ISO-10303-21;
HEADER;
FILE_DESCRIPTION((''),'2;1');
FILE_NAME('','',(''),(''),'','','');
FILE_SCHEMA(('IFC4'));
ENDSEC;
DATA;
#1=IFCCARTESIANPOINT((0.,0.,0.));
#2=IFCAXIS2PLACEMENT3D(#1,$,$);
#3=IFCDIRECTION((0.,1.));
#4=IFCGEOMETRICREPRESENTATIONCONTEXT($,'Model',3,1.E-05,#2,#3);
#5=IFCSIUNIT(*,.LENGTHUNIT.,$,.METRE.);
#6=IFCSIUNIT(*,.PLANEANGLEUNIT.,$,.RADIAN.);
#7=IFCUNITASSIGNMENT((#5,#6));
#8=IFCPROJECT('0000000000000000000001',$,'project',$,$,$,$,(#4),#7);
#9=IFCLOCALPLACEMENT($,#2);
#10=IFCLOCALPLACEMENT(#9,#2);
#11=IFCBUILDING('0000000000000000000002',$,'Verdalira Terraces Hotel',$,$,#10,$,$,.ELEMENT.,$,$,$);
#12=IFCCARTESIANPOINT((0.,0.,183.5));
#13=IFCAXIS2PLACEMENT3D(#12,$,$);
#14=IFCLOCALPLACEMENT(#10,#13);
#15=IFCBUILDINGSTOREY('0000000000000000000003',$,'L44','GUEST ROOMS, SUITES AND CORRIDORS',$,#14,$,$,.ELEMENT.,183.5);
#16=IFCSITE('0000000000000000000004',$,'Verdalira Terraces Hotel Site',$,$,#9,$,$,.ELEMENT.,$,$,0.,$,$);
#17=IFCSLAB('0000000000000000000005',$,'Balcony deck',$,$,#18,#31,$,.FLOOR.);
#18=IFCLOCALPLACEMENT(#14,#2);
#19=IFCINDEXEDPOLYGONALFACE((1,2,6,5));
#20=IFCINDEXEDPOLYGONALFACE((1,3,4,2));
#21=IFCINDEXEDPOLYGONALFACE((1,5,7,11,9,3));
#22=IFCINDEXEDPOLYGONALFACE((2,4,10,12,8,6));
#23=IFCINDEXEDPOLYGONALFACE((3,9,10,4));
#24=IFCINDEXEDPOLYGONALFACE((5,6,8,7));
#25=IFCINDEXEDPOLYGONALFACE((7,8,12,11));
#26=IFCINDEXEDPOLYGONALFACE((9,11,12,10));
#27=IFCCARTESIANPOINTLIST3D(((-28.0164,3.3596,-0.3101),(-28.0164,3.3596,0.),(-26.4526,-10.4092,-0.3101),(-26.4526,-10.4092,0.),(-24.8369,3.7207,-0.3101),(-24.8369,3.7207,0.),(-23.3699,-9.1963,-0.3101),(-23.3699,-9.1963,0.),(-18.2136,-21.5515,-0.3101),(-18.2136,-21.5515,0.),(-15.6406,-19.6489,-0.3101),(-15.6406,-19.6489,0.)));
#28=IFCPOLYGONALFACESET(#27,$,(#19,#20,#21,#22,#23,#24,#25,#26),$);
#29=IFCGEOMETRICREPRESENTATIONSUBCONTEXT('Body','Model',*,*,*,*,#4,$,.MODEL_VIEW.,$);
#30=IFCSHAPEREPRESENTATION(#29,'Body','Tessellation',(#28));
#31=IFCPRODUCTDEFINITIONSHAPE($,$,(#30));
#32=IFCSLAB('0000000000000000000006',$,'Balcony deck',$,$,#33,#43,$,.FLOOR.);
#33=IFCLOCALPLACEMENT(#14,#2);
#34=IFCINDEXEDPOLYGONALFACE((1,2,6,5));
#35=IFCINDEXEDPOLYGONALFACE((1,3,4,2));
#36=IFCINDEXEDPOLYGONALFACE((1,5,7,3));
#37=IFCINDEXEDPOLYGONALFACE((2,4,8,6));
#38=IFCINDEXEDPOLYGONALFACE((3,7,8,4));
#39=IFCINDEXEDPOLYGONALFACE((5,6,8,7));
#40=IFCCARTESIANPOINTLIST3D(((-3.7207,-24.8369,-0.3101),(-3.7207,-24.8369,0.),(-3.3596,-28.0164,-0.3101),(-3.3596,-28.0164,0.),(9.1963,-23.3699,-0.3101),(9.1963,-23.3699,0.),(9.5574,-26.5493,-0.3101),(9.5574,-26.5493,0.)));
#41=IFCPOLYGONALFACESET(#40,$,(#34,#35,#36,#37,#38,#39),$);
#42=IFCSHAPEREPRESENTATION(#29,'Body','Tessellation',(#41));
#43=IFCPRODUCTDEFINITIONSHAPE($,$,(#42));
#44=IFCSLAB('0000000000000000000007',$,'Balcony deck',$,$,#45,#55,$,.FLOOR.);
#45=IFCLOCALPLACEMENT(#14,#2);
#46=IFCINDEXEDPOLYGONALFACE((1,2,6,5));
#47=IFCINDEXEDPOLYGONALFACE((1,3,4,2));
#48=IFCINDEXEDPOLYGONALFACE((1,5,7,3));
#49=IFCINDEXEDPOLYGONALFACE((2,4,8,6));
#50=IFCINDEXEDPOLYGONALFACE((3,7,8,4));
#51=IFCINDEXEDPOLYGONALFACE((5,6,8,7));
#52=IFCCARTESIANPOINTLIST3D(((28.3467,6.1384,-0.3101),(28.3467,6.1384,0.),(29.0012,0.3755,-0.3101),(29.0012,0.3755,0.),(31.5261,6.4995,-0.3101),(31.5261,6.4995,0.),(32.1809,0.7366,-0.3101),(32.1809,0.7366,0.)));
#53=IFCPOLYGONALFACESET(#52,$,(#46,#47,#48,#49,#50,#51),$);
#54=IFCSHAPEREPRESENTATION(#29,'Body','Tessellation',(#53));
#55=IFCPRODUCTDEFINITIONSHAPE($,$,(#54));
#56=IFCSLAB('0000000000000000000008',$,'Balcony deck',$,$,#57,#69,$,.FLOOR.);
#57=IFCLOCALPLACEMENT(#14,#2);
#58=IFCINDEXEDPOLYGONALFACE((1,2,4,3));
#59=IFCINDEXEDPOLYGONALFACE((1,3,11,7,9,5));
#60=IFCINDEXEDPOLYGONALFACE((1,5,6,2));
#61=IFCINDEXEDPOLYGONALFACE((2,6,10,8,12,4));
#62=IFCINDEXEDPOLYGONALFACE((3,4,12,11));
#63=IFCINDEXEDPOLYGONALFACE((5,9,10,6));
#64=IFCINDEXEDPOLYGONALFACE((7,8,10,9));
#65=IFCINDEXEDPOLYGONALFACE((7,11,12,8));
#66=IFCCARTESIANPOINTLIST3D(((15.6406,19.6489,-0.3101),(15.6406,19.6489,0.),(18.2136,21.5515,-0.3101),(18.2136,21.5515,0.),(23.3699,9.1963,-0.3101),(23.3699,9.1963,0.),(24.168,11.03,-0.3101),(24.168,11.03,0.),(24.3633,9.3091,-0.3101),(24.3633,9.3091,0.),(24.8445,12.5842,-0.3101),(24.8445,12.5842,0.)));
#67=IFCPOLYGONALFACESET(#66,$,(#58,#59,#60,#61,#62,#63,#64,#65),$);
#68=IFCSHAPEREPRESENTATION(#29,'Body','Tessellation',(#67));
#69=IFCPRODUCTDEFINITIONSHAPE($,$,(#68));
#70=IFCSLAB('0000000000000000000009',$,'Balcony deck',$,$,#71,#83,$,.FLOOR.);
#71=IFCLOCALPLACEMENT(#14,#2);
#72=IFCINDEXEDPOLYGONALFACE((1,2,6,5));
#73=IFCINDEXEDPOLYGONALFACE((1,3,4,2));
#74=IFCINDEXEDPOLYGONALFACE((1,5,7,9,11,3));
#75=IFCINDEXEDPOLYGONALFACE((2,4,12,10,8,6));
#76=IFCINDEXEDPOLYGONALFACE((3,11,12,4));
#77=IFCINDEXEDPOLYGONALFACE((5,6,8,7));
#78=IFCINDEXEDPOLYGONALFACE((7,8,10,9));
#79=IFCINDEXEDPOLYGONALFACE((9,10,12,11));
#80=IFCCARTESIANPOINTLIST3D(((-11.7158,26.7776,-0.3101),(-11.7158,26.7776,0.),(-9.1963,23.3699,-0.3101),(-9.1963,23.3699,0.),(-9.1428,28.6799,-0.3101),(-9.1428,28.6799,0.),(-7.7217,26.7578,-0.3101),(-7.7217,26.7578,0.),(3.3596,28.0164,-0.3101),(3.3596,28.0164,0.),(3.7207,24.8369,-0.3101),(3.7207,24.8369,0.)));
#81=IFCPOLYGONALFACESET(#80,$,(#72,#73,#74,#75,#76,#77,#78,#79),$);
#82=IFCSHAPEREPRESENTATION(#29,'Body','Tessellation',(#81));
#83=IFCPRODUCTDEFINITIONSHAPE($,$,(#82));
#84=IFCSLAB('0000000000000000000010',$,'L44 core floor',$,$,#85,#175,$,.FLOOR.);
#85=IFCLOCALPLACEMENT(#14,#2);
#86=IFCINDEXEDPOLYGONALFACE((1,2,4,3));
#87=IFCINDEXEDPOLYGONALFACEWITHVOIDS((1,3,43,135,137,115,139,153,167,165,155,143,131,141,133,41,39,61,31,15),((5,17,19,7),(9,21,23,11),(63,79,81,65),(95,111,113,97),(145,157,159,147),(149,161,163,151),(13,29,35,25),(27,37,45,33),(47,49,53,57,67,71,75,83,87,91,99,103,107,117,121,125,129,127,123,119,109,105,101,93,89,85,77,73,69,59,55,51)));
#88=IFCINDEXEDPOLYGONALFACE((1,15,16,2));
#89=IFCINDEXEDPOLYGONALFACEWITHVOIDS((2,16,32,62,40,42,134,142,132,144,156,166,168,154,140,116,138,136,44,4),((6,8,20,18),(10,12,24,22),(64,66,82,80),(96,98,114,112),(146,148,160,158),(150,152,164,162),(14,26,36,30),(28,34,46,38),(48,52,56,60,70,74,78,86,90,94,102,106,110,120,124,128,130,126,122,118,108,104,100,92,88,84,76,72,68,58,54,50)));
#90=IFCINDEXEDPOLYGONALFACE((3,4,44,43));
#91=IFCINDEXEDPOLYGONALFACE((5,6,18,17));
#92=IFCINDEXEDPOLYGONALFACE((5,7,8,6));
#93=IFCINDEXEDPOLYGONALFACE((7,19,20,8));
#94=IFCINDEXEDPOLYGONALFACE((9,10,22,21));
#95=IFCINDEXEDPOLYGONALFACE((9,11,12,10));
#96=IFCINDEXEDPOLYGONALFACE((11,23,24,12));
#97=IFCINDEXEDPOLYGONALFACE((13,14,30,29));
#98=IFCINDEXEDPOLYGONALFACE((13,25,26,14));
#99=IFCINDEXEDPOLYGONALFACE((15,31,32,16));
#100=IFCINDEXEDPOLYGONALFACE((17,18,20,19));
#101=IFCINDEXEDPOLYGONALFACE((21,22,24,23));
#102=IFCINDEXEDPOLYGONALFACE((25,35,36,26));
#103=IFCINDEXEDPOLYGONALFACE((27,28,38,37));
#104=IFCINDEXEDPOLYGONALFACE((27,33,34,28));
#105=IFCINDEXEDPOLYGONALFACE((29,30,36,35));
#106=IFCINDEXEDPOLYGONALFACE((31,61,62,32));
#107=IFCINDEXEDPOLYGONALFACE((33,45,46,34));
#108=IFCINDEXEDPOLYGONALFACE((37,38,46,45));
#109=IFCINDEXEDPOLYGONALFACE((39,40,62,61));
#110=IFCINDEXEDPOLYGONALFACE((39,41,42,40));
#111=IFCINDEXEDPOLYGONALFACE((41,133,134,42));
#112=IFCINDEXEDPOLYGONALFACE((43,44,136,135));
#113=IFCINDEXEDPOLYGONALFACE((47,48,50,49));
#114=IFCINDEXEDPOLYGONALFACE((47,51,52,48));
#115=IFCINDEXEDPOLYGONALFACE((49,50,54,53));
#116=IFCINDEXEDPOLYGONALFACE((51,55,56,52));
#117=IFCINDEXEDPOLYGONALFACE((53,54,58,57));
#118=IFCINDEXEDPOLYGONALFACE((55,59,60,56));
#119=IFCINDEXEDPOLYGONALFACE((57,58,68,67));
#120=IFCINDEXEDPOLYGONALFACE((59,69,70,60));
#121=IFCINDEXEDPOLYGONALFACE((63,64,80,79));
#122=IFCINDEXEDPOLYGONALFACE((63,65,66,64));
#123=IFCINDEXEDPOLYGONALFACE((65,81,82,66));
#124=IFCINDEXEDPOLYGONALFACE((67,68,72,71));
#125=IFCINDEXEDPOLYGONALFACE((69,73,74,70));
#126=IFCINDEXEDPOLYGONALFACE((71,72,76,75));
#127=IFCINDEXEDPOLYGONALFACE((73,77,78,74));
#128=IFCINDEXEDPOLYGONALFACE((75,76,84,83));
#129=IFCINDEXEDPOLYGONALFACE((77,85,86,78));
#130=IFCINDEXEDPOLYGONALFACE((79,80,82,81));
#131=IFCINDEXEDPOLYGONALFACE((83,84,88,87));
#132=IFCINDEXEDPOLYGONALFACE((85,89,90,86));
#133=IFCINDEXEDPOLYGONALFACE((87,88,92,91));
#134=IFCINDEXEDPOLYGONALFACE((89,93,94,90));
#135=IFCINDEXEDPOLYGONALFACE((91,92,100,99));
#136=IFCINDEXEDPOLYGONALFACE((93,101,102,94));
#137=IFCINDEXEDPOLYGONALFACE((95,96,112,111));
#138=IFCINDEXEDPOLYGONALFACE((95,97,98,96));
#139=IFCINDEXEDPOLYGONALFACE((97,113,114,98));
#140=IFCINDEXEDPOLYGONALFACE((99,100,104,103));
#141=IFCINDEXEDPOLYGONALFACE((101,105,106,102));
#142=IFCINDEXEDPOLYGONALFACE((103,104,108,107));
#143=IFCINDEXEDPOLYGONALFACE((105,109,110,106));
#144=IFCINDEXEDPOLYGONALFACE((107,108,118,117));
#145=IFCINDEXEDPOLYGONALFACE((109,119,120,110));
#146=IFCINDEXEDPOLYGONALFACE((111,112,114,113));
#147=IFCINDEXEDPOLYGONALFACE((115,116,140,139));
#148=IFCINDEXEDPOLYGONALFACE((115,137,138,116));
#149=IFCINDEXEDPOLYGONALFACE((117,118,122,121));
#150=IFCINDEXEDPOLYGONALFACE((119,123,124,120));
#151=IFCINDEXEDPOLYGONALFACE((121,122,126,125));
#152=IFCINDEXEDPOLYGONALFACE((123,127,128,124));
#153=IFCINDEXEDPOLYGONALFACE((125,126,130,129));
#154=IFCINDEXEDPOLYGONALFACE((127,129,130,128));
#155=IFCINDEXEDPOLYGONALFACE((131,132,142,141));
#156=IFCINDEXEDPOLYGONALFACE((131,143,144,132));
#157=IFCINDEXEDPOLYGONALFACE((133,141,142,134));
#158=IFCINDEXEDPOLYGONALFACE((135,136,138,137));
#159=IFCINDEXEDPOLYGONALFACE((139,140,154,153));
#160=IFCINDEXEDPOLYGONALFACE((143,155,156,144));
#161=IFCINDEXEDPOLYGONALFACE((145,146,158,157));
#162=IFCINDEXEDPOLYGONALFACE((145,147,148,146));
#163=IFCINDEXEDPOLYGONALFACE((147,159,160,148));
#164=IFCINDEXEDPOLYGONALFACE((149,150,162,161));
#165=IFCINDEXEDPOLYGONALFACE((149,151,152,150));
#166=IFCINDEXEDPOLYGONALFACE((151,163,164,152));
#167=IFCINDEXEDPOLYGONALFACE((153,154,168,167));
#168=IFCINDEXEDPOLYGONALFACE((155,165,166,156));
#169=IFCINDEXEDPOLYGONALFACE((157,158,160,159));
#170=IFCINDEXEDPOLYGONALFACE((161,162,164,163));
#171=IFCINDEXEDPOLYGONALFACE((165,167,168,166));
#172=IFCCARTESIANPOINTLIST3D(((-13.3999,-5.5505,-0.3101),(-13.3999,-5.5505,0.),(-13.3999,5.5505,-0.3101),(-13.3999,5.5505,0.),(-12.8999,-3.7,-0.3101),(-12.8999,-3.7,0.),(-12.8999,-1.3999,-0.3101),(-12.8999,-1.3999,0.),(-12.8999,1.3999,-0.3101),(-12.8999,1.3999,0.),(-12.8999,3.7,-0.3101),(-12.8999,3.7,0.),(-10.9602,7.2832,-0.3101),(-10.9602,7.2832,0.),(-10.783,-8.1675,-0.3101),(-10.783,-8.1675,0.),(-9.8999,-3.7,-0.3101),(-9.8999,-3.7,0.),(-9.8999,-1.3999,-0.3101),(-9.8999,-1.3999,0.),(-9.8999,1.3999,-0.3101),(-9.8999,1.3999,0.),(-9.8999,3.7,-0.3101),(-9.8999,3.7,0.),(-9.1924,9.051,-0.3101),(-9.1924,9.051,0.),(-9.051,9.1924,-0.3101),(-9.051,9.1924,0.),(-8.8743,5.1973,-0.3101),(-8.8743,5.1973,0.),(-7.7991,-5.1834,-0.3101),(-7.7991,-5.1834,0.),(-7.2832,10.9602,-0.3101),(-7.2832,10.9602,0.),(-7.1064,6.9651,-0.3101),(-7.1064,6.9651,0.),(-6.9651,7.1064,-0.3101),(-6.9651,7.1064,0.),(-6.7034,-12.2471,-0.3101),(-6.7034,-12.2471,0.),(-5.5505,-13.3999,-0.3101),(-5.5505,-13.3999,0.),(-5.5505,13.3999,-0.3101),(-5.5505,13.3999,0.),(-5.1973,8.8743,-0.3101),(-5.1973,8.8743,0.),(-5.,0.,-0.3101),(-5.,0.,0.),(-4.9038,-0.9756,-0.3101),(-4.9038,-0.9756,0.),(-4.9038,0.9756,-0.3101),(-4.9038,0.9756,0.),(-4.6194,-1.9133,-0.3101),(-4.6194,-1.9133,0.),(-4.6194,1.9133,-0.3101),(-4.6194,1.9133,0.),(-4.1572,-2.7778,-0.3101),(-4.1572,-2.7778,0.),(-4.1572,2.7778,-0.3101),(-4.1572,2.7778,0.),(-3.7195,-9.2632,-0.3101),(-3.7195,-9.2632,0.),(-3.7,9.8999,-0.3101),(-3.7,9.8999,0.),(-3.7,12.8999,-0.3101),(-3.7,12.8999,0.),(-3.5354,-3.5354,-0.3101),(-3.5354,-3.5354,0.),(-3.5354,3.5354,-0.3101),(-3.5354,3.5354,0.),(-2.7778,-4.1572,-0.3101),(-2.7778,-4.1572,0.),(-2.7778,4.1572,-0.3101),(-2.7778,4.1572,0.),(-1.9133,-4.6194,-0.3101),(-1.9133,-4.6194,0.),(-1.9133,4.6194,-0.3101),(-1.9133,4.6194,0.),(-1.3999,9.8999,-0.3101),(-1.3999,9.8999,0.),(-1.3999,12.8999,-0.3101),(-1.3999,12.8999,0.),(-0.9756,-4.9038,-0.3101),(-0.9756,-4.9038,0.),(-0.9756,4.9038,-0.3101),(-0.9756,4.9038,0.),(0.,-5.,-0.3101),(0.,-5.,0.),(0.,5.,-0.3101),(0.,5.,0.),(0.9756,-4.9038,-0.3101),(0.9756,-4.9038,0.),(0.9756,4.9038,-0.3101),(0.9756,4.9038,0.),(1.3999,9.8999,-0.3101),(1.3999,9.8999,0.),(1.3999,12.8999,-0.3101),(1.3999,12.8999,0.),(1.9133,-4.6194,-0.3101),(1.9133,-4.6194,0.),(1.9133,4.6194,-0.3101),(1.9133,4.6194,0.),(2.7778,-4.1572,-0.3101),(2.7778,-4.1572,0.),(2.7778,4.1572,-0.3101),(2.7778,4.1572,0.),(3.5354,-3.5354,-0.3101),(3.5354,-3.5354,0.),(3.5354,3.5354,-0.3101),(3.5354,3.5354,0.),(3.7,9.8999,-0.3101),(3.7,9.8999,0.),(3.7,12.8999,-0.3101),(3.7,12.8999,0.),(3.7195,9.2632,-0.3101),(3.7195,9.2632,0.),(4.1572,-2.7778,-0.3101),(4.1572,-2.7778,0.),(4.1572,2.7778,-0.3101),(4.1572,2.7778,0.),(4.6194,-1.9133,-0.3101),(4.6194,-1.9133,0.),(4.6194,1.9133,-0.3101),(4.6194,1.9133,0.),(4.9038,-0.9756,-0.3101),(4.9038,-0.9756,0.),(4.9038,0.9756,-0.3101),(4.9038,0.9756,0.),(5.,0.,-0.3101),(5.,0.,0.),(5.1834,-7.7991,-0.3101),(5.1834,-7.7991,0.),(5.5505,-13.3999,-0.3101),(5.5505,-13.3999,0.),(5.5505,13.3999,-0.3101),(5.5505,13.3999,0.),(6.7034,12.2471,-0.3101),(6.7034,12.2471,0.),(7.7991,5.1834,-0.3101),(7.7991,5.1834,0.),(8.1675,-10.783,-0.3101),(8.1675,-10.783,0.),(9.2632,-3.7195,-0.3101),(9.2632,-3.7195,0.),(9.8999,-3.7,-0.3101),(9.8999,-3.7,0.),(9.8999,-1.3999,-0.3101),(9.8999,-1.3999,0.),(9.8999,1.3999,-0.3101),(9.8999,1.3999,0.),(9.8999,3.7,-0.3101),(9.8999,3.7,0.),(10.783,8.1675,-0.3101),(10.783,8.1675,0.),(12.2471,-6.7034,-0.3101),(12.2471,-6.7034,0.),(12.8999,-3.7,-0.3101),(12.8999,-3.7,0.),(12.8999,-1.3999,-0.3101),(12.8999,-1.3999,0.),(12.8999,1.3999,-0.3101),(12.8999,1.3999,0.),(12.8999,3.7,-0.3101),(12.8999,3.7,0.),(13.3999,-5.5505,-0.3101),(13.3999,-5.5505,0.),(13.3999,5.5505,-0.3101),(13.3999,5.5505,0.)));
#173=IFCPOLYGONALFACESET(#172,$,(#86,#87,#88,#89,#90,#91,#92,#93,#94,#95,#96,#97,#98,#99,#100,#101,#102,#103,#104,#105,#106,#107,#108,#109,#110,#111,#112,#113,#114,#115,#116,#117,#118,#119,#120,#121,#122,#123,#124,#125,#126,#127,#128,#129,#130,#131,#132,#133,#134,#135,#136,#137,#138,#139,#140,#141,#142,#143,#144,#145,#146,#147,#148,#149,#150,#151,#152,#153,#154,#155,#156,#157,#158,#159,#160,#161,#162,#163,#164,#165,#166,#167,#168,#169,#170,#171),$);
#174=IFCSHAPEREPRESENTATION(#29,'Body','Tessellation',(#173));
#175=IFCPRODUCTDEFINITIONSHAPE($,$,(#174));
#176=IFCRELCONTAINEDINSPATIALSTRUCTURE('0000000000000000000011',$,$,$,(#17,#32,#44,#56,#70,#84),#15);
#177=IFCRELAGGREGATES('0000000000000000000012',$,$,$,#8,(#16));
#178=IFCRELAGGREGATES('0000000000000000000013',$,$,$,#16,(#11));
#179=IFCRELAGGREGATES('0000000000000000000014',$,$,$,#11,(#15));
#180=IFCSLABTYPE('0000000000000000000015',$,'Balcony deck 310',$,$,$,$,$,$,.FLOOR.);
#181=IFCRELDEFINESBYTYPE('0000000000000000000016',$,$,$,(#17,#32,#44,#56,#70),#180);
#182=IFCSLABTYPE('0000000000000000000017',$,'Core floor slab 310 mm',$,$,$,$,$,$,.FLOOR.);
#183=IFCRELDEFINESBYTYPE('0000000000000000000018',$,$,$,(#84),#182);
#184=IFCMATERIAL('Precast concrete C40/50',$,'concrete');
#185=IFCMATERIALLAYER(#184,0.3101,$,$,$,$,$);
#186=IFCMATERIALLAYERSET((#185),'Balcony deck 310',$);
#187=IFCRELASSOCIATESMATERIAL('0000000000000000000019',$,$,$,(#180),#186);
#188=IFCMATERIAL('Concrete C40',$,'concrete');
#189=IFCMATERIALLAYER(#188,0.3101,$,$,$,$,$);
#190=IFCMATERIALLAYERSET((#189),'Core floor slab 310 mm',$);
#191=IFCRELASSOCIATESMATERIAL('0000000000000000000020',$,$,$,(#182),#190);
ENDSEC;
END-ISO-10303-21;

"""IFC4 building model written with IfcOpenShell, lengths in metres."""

from ifc_helpers import new_model, si_unit, direction, frame, origin, place, context, subcontext, project, spatial, polyline, outline, extrude, material, layer, layer_set, type_object, element, save


model = new_model("IFC4")

# Units and contexts
model_context = context("Model", 3, precision=1e-05, world=origin(), true_north=direction((0.0, 1.0)))
body_context = subcontext(model_context, "Body", "Model", "MODEL_VIEW")
ifc_project = project(units=[si_unit("LENGTHUNIT", "METRE"), si_unit("PLANEANGLEUNIT", "RADIAN")], contexts=[model_context])

# Site, building, storey
site_placement = place(None, origin())
site = spatial("IfcSite", under=ifc_project, at=site_placement, Name="Verdalira Terraces Hotel Site", CompositionType="ELEMENT", RefElevation=0.0)
building_placement = place(site_placement, origin())
building = spatial("IfcBuilding", under=site, at=building_placement, Name="Verdalira Terraces Hotel", CompositionType="ELEMENT")
storey_placement = place(building_placement, frame((0.0, 0.0, 183.5)))
storey = spatial("IfcBuildingStorey", under=building, at=storey_placement, Name="L44", Description="GUEST ROOMS, SUITES AND CORRIDORS", CompositionType="ELEMENT", Elevation=183.5)

# Slabs
ifc_material_1 = material(Name="Precast concrete C40/50", Category="concrete")
ifc_layer_1 = layer(ifc_material_1, 0.3101)
ifc_layer_set_1 = layer_set([ifc_layer_1], Name="Balcony deck 310")
slab_type_1 = type_object("IfcSlabType", Name="Balcony deck 310", PredefinedType="FLOOR", material=ifc_layer_set_1)
slab_1_placement = place(storey_placement, frame((0.0, 0.0, -0.3101)))
element("IfcSlab", 1, at=slab_1_placement, inside=storey, type_object=slab_type_1, Name="Balcony deck", PredefinedType="FLOOR", context=body_context, shape_type="SweptSolid", body=[
    extrude(outline(polyline([(-26.4526, -10.4092), (-18.2136, -21.5515), (-15.6406, -19.6489), (-23.3699, -9.1963), (-24.8369, 3.7207), (-28.0164, 3.3596), (-26.4526, -10.4092)])), origin(), (0.0, 0.0, 1.0), 0.3101),
])
slab_2_placement = place(storey_placement, frame((0.0, 0.0, -0.3101)))
element("IfcSlab", 2, at=slab_2_placement, inside=storey, type_object=slab_type_1, Name="Balcony deck", PredefinedType="FLOOR", context=body_context, shape_type="SweptSolid", body=[
    extrude(outline(polyline([(9.5574, -26.5493), (9.1963, -23.3699), (-3.7207, -24.8369), (-3.3596, -28.0164), (9.5574, -26.5493)])), origin(), (0.0, 0.0, 1.0), 0.3101),
])
slab_3_placement = place(storey_placement, frame((0.0, 0.0, -0.3101)))
element("IfcSlab", 3, at=slab_3_placement, inside=storey, type_object=slab_type_1, Name="Balcony deck", PredefinedType="FLOOR", context=body_context, shape_type="SweptSolid", body=[
    extrude(outline(polyline([(31.5261, 6.4995), (28.3467, 6.1384), (29.0012, 0.3755), (32.1809, 0.7366), (31.5261, 6.4995)])), origin(), (0.0, 0.0, 1.0), 0.3101),
])
slab_4_placement = place(storey_placement, frame((0.0, 0.0, -0.3101)))
element("IfcSlab", 4, at=slab_4_placement, inside=storey, type_object=slab_type_1, Name="Balcony deck", PredefinedType="FLOOR", context=body_context, shape_type="SweptSolid", body=[
    extrude(outline(polyline([(15.6406, 19.6489), (23.3699, 9.1963), (24.3633, 9.3091), (24.168, 11.03), (24.8445, 12.5842), (18.2136, 21.5515), (15.6406, 19.6489)])), origin(), (0.0, 0.0, 1.0), 0.3101),
])
slab_5_placement = place(storey_placement, frame((0.0, 0.0, -0.3101)))
element("IfcSlab", 5, at=slab_5_placement, inside=storey, type_object=slab_type_1, Name="Balcony deck", PredefinedType="FLOOR", context=body_context, shape_type="SweptSolid", body=[
    extrude(outline(polyline([(-9.1428, 28.6799), (-11.7158, 26.7776), (-9.1963, 23.3699), (3.7207, 24.8369), (3.3596, 28.0164), (-7.7217, 26.7578), (-9.1428, 28.6799)])), origin(), (0.0, 0.0, 1.0), 0.3101),
])
ifc_material_2 = material(Name="Concrete C40", Category="concrete")
ifc_layer_2 = layer(ifc_material_2, 0.3101)
ifc_layer_set_2 = layer_set([ifc_layer_2], Name="Core floor slab 310 mm")
slab_type_2 = type_object("IfcSlabType", Name="Core floor slab 310 mm", PredefinedType="FLOOR", material=ifc_layer_set_2)
slab_6_placement = place(storey_placement, frame((0.0, 0.0, -0.3101)))
element("IfcSlab", 6, at=slab_6_placement, inside=storey, type_object=slab_type_2, Name="L44 core floor", PredefinedType="FLOOR", context=body_context, shape_type="SweptSolid", body=[
    extrude(outline(polyline([(-6.7034, -12.2471), (-3.7195, -9.2632), (-7.7991, -5.1833), (-10.783, -8.1675), (-13.3999, -5.5505), (-13.3999, 5.5505), (-5.5505, 13.3999), (5.5505, 13.3999), (6.7034, 12.2471), (3.7195, 9.2632), (7.7991, 5.1833), (10.783, 8.1675), (13.3999, 5.5505), (13.3999, -5.5505), (12.2471, -6.7034), (9.2632, -3.7195), (5.1833, -7.7991), (8.1675, -10.783), (5.5505, -13.3999), (-5.5505, -13.3999), (-6.7034, -12.2471)]), holes=[polyline([(9.8999, -1.3999), (9.8999, -3.7), (12.8999, -3.7), (12.8999, -1.3999), (9.8999, -1.3999)]), polyline([(9.8999, 3.7), (9.8999, 1.3999), (12.8999, 1.3999), (12.8999, 3.7), (9.8999, 3.7)]), polyline([(3.7, 12.8999), (1.3999, 12.8999), (1.3999, 9.8999), (3.7, 9.8999), (3.7, 12.8999)]), polyline([(-1.3999, 12.8999), (-3.7, 12.8999), (-3.7, 9.8999), (-1.3999, 9.8999), (-1.3999, 12.8999)]), polyline([(-9.8999, 1.3999), (-9.8999, 3.7), (-12.8999, 3.7), (-12.8999, 1.3999), (-9.8999, 1.3999)]), polyline([(-9.8999, -3.7), (-9.8999, -1.3999), (-12.8999, -1.3999), (-12.8999, -3.7), (-9.8999, -3.7)]), polyline([(-9.051, 9.1924), (-6.9651, 7.1064), (-5.1973, 8.8743), (-7.2832, 10.9602), (-9.051, 9.1924)]), polyline([(-9.1924, 9.051), (-10.9602, 7.2832), (-8.8743, 5.1973), (-7.1064, 6.9651), (-9.1924, 9.051)]), polyline([(3.5354, 3.5354), (2.7778, 4.1572), (1.9133, 4.6194), (0.9756, 4.9038), (0.0, 5.0), (-0.9756, 4.9038), (-1.9133, 4.6194), (-2.7778, 4.1572), (-3.5354, 3.5354), (-4.1572, 2.7778), (-4.6194, 1.9133), (-4.9038, 0.9756), (-5.0, 0.0), (-4.9038, -0.9756), (-4.6194, -1.9133), (-4.1572, -2.7778), (-3.5354, -3.5354), (-2.7778, -4.1572), (-1.9133, -4.6194), (-0.9756, -4.9038), (0.0, -5.0), (0.9756, -4.9038), (1.9133, -4.6194), (2.7778, -4.1572), (3.5354, -3.5354), (4.1572, -2.7778), (4.6194, -1.9133), (4.9038, -0.9756), (5.0, 0.0), (4.9038, 0.9756), (4.6194, 1.9133), (4.1572, 2.7778), (3.5354, 3.5354)])]), origin(), (0.0, 0.0, 1.0), 0.3101),
])

save(model, "model.ifc")
